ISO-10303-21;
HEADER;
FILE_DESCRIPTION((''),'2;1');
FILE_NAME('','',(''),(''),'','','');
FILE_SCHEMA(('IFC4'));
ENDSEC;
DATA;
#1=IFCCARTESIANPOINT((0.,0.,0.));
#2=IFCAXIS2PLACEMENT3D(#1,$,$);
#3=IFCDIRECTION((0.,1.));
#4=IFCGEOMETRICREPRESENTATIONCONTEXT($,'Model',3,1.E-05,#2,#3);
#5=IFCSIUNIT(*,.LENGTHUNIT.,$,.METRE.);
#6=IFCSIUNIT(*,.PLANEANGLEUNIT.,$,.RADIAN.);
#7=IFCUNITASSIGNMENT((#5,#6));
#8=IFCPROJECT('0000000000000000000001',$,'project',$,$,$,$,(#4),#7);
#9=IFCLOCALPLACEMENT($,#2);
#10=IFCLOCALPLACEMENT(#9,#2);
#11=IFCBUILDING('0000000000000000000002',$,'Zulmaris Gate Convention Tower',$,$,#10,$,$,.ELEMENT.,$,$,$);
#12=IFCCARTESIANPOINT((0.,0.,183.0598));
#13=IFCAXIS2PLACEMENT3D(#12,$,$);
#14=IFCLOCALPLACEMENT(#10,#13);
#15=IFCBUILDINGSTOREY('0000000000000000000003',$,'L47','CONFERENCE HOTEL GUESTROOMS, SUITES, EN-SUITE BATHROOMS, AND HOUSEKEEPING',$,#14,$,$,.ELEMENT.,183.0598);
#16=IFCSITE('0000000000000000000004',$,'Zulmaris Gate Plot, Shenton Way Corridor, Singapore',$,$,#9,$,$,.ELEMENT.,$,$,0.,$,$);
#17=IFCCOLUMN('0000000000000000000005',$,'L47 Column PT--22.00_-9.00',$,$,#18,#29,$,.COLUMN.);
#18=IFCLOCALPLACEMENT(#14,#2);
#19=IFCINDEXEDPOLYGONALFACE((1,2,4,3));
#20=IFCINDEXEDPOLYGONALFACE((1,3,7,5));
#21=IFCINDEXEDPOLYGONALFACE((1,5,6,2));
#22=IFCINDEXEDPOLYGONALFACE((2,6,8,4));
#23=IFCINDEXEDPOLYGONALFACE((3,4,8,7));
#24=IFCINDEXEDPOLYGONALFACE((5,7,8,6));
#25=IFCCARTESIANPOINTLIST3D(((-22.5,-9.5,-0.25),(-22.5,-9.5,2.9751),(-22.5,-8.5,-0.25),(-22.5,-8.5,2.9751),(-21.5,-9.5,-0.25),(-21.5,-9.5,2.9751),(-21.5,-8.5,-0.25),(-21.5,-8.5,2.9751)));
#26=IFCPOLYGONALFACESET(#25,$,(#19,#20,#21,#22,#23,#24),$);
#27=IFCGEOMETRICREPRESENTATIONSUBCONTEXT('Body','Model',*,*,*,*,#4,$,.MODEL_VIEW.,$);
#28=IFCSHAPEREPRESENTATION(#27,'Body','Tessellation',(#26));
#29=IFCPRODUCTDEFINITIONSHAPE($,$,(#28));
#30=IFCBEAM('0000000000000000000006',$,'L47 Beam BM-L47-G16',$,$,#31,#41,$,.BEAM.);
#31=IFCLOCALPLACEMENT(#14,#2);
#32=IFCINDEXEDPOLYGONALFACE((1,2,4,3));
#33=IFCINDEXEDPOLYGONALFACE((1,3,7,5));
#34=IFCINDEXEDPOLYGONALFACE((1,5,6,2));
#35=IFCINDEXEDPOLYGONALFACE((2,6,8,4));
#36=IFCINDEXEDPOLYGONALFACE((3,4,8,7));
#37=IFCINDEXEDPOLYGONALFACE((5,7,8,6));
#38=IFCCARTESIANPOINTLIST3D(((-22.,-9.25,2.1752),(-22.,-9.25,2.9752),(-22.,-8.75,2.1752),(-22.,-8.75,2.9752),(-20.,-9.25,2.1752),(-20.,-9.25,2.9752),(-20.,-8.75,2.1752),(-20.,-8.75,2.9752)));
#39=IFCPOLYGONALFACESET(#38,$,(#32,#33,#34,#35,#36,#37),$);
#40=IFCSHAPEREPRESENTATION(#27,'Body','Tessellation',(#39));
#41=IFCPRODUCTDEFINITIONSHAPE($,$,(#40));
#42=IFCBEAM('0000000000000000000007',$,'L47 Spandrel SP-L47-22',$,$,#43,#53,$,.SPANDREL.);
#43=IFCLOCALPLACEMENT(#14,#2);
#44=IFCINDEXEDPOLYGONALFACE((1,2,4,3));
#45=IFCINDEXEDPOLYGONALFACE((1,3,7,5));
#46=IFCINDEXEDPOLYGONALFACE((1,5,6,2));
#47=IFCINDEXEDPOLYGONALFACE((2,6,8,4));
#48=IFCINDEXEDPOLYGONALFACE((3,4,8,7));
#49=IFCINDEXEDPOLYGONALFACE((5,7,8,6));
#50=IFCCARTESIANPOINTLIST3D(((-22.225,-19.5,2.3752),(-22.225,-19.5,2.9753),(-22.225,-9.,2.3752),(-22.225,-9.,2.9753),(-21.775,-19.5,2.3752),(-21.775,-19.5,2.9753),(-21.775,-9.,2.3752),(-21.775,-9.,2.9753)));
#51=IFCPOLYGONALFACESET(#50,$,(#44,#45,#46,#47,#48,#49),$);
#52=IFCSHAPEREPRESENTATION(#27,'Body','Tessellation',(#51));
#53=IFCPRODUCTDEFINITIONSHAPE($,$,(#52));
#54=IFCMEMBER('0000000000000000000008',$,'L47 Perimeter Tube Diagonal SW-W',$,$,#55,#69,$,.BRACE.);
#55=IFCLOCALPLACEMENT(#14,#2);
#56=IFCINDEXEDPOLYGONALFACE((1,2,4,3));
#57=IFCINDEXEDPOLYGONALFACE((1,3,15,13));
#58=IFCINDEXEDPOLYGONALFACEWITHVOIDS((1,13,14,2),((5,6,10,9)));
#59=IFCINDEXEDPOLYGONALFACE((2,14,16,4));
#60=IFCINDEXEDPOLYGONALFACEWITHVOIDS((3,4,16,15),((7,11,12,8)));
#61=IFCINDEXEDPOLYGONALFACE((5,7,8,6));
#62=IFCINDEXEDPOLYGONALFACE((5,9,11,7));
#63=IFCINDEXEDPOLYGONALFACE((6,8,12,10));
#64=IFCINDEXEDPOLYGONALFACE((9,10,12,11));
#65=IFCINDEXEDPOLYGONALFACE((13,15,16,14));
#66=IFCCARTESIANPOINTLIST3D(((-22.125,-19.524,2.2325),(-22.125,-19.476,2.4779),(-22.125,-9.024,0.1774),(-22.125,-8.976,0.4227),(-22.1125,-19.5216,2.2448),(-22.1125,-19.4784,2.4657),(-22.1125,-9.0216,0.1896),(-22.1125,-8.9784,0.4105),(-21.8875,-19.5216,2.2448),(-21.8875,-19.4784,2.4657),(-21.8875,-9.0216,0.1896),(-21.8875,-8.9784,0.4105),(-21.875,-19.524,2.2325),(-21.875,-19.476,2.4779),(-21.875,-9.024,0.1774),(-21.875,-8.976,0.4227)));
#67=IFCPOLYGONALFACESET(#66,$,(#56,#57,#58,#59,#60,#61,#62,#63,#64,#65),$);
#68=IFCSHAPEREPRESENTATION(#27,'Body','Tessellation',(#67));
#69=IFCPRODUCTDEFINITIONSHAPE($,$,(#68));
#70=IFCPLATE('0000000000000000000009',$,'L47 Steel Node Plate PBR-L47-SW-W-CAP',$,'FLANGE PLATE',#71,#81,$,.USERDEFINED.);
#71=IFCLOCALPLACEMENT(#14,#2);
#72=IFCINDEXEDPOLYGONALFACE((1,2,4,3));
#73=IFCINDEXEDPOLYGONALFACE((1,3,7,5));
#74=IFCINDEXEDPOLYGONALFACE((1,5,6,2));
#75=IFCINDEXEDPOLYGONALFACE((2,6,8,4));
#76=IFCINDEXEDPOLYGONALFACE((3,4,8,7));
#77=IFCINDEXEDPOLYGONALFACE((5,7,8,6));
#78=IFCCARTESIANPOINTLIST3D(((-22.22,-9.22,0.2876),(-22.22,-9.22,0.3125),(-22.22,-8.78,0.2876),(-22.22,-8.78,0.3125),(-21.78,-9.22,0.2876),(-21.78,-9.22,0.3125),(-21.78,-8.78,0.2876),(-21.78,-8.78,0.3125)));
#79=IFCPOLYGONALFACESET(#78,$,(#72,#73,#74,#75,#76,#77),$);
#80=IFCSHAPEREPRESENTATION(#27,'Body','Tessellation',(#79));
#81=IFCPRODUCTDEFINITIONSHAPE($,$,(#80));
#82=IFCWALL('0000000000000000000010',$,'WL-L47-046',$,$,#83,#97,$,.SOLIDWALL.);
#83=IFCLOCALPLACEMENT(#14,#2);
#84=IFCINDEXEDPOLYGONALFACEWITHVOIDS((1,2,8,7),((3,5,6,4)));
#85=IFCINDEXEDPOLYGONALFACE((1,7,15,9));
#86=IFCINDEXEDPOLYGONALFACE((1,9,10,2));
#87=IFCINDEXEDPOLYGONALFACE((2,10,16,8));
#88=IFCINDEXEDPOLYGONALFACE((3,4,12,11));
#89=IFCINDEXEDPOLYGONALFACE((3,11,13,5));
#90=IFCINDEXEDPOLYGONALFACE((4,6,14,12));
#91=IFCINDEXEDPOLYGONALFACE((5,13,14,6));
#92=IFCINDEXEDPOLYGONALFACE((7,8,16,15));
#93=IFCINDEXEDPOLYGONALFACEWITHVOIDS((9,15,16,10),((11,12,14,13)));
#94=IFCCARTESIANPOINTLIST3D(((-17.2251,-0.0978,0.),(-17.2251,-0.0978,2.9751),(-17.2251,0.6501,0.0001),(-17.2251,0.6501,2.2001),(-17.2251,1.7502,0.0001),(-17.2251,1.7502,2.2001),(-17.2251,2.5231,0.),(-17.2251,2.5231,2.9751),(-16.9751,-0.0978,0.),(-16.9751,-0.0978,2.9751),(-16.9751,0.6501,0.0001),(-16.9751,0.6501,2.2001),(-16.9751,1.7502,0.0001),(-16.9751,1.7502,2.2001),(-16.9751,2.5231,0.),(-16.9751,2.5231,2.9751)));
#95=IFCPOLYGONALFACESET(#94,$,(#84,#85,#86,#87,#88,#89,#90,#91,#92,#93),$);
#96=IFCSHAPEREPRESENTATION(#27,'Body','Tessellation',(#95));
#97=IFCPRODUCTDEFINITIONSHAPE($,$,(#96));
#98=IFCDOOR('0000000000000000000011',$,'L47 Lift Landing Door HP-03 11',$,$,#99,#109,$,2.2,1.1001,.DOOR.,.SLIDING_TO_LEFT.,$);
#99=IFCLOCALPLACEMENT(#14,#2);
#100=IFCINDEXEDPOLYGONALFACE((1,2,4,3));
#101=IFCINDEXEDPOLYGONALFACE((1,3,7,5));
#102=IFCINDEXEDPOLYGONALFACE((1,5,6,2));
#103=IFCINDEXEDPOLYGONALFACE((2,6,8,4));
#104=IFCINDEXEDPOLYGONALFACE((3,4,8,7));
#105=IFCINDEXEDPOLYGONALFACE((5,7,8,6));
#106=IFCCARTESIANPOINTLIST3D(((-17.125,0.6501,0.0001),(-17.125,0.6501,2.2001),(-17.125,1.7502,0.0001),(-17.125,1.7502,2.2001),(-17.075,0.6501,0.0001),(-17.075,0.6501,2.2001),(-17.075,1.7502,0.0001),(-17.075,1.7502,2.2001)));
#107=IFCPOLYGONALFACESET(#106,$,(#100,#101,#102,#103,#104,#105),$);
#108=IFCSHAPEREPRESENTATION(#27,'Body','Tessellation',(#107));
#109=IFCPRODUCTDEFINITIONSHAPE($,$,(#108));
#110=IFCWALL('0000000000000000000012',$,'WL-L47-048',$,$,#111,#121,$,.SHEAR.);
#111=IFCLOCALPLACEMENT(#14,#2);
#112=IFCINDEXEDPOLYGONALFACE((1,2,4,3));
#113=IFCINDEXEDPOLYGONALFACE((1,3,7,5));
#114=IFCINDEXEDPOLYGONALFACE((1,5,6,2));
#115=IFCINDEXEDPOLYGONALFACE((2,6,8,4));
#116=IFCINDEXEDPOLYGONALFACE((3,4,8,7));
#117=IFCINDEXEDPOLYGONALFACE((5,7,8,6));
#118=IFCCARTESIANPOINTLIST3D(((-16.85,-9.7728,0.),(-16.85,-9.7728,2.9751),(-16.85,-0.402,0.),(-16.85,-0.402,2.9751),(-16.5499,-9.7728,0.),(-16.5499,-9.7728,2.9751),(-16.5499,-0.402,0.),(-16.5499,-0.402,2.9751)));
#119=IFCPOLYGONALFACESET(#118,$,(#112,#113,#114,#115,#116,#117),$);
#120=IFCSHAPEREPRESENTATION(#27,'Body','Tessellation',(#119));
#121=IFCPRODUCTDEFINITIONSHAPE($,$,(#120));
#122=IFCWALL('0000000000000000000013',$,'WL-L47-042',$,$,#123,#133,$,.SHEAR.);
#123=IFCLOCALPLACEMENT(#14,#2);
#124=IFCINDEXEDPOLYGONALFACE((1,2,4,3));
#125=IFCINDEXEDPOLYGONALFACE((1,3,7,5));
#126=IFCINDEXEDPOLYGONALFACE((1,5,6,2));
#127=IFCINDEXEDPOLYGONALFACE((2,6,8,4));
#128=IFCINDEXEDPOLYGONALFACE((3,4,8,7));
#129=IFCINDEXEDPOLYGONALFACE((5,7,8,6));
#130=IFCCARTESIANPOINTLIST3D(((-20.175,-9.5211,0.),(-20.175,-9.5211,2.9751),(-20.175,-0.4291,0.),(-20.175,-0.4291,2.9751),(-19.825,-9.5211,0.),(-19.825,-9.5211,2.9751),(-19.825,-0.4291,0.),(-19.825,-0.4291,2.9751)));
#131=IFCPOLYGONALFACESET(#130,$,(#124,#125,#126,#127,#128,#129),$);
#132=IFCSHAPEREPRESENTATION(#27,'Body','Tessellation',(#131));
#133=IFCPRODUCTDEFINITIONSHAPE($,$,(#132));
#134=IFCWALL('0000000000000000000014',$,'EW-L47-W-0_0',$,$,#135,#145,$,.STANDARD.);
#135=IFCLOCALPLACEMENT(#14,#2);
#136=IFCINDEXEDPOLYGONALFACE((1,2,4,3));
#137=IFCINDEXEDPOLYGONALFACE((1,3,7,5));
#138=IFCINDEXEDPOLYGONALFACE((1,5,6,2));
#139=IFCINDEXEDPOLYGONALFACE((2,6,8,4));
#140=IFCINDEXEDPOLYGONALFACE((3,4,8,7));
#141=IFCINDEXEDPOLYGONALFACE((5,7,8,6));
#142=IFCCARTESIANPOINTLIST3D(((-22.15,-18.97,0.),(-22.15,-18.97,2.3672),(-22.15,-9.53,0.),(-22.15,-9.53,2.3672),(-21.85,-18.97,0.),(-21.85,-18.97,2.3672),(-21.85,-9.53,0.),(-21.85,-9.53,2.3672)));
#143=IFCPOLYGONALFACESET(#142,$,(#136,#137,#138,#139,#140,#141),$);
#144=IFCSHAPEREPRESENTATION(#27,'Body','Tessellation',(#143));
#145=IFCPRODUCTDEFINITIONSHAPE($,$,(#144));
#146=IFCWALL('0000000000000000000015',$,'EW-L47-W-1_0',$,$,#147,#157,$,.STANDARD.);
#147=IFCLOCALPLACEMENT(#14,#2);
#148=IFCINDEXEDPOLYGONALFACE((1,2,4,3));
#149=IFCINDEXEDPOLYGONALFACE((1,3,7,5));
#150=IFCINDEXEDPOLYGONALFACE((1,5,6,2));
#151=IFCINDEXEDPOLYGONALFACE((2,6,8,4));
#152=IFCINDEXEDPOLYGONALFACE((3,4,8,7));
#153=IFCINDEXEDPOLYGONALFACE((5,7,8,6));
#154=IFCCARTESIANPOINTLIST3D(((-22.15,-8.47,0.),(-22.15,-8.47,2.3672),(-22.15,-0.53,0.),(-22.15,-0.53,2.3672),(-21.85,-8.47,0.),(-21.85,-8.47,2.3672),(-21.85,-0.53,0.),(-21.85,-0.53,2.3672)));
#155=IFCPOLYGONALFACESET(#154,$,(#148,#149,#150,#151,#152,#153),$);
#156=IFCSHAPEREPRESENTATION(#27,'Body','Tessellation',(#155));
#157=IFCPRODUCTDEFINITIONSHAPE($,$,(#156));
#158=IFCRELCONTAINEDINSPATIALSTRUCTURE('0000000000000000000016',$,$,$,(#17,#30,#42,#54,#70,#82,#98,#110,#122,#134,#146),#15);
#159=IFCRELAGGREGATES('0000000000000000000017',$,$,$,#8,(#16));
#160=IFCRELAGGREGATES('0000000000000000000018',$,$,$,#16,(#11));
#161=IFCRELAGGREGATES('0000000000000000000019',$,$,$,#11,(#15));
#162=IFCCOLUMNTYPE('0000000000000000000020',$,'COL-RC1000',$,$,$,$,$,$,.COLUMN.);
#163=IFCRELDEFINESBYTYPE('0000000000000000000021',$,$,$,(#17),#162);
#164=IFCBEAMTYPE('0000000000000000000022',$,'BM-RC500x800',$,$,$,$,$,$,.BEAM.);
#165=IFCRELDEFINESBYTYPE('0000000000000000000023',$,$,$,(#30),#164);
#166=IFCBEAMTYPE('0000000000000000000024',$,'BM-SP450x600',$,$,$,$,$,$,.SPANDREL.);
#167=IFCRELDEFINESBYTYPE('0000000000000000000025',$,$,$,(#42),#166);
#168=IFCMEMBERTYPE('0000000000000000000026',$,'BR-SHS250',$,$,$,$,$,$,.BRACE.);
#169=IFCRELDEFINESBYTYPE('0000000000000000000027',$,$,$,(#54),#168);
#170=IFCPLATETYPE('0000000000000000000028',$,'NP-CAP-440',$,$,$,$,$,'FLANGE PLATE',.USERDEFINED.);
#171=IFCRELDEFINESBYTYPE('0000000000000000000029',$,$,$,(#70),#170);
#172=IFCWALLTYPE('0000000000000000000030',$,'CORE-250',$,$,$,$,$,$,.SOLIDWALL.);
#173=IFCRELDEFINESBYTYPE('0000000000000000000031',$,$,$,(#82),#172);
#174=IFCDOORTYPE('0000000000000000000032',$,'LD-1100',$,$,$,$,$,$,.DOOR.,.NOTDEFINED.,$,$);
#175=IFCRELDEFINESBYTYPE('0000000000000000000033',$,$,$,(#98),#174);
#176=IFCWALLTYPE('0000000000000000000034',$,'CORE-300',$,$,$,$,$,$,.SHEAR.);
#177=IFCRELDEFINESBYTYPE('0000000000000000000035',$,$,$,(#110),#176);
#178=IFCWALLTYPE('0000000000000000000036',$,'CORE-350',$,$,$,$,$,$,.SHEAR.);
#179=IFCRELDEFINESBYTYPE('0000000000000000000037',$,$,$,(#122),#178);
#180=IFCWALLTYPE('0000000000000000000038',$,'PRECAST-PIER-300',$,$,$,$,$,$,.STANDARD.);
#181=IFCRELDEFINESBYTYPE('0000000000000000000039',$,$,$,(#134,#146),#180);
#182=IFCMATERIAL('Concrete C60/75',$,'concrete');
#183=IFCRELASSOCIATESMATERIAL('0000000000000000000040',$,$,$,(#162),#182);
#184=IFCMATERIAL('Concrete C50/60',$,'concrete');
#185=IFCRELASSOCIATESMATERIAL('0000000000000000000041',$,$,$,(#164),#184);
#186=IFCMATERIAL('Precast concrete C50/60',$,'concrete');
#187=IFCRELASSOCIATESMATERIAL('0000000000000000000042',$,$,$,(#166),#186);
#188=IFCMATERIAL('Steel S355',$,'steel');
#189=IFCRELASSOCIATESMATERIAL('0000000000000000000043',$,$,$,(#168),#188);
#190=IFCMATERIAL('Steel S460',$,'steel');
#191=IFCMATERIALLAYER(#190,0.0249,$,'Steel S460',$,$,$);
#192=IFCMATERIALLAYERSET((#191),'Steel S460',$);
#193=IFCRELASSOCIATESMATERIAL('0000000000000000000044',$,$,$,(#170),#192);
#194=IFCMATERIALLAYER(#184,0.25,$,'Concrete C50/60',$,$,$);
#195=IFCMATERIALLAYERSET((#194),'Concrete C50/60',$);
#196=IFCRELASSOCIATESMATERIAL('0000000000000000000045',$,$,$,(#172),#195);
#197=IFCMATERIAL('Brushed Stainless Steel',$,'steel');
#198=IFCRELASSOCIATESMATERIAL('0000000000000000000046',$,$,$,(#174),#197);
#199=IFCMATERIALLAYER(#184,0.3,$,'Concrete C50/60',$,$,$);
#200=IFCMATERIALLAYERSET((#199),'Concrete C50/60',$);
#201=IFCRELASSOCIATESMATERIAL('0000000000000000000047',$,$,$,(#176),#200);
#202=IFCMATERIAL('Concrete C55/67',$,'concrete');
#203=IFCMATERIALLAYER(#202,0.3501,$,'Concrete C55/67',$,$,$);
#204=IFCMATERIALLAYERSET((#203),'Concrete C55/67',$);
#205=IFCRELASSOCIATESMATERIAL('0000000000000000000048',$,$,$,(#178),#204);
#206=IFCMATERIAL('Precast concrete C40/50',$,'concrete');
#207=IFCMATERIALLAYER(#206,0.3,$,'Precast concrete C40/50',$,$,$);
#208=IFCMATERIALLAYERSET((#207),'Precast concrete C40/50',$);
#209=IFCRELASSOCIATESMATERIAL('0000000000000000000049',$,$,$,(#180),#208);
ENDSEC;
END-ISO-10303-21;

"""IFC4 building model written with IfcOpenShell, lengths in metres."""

from ifc_helpers import new_model, si_unit, direction, frame, frame_2d, origin, origin_2d, place, context, subcontext, project, spatial, rectangle, hollow_rectangle, extrude, material, layer, layer_set, material_profile, profile_set, type_object, element, fill, save


model = new_model("IFC4")

# Units and contexts
model_context = context("Model", 3, precision=1e-05, world=origin(), true_north=direction((0.0, 1.0)))
body_context = subcontext(model_context, "Body", "Model", "MODEL_VIEW")
ifc_project = project(units=[si_unit("LENGTHUNIT", "METRE"), si_unit("PLANEANGLEUNIT", "RADIAN")], contexts=[model_context])

# Site, building, storey
site_placement = place(None, origin())
site = spatial("IfcSite", under=ifc_project, at=site_placement, Name="Zulmaris Gate Plot, Shenton Way Corridor, Singapore", CompositionType="ELEMENT", RefElevation=0.0)
building_placement = place(site_placement, origin())
building = spatial("IfcBuilding", under=site, at=building_placement, Name="Zulmaris Gate Convention Tower", CompositionType="ELEMENT")
storey_placement = place(building_placement, frame((0.0, 0.0, 183.0598)))
storey = spatial("IfcBuildingStorey", under=building, at=storey_placement, Name="L47", Description="CONFERENCE HOTEL GUESTROOMS, SUITES, EN-SUITE BATHROOMS, AND HOUSEKEEPING", CompositionType="ELEMENT", Elevation=183.0598)

# Column
ifc_material_1 = material(Name="Concrete C60/75", Category="concrete")
ifc_material_profile_1 = material_profile(ifc_material_1, rectangle(XDim=1.0, YDim=1.0, at=origin_2d()), Name="RC COL 1000x1000")
ifc_profile_set_1 = profile_set([ifc_material_profile_1], Name="Concrete C60/75")
column_type = type_object("IfcColumnType", Name="COL-RC1000", PredefinedType="COLUMN", material=ifc_profile_set_1)
column_placement = place(storey_placement, frame((-22.0, -9.0, -0.25), z_axis=(0.0, 0.0, 1.0), x_axis=(1.0, 0.0, 0.0)))
element("IfcColumn", 1, at=column_placement, inside=storey, type_object=column_type, Name="L47 Column PT--22.00_-9.00", PredefinedType="COLUMN", context=body_context, shape_type="SweptSolid", body=[
    extrude(rectangle(XDim=1.0, YDim=1.0, at=origin_2d()), origin(), (0.0, 0.0, 1.0), 3.2251),
])

# Beams
ifc_material_2 = material(Name="Concrete C50/60", Category="concrete")
ifc_material_profile_2 = material_profile(ifc_material_2, rectangle(XDim=0.5, YDim=0.8, at=origin_2d()), Name="RC BEAM 500x800")
ifc_profile_set_2 = profile_set([ifc_material_profile_2], Name="Concrete C50/60")
beam_type_1 = type_object("IfcBeamType", Name="BM-RC500x800", PredefinedType="BEAM", material=ifc_profile_set_2)
beam_1_placement = place(storey_placement, frame((-22.0, -9.0, 2.5752), z_axis=(1.0, 0.0, 0.0), x_axis=(0.0, 1.0, 0.0)))
element("IfcBeam", 2, at=beam_1_placement, inside=storey, type_object=beam_type_1, Name="L47 Beam BM-L47-G16", PredefinedType="BEAM", context=body_context, shape_type="SweptSolid", body=[
    extrude(rectangle(XDim=0.5, YDim=0.8, at=origin_2d()), origin(), (0.0, 0.0, 1.0), 2.0),
])
ifc_material_3 = material(Name="Precast concrete C50/60", Category="concrete")
ifc_material_profile_3 = material_profile(ifc_material_3, rectangle(XDim=0.45, YDim=0.6001, at=origin_2d()), Name="RC SPANDREL 450x600")
ifc_profile_set_3 = profile_set([ifc_material_profile_3], Name="Precast concrete C50/60")
beam_type_2 = type_object("IfcBeamType", Name="BM-SP450x600", PredefinedType="SPANDREL", material=ifc_profile_set_3)
beam_2_placement = place(storey_placement, frame((-22.0, -9.0, 2.6753), z_axis=(0.0, -1.0, 0.0), x_axis=(1.0, 0.0, 0.0)))
element("IfcBeam", 3, at=beam_2_placement, inside=storey, type_object=beam_type_2, Name="L47 Spandrel SP-L47-22", PredefinedType="SPANDREL", context=body_context, shape_type="SweptSolid", body=[
    extrude(rectangle(XDim=0.45, YDim=0.6001, at=origin_2d()), origin(), (0.0, 0.0, 1.0), 10.5),
])

# Member
ifc_material_4 = material(Name="Steel S355", Category="steel")
ifc_material_profile_4 = material_profile(ifc_material_4, hollow_rectangle(XDim=0.25, YDim=0.25, WallThickness=0.0125, at=origin_2d()), Name="SHS 250x250x12.5")
ifc_profile_set_4 = profile_set([ifc_material_profile_4], Name="Steel S355")
member_type = type_object("IfcMemberType", Name="BR-SHS250", PredefinedType="BRACE", material=ifc_profile_set_4)
member_placement = place(storey_placement, frame((-22.0, -9.0, 0.3), z_axis=(0.0, -0.981378, 0.192086), x_axis=(1.0, 0.0, 0.0)))
element("IfcMember", 4, at=member_placement, inside=storey, type_object=member_type, Name="L47 Perimeter Tube Diagonal SW-W", PredefinedType="BRACE", context=body_context, shape_type="SweptSolid", body=[
    extrude(hollow_rectangle(XDim=0.25, YDim=0.25, WallThickness=0.0125, at=origin_2d()), origin(), (0.0, 0.0, 1.0), 10.6992),
])

# Plate
ifc_material_5 = material(Name="Steel S460", Category="steel")
ifc_layer_1 = layer(ifc_material_5, 0.0249, Name="Steel S460")
ifc_layer_set_1 = layer_set([ifc_layer_1], Name="Steel S460")
plate_type = type_object("IfcPlateType", Name="NP-CAP-440", ElementType="FLANGE PLATE", PredefinedType="USERDEFINED", material=ifc_layer_set_1)
plate_placement = place(storey_placement, frame((-22.0, -9.0, 0.2876), z_axis=(0.0, 0.0, 1.0), x_axis=(1.0, 0.0, 0.0)))
element("IfcPlate", 5, at=plate_placement, inside=storey, type_object=plate_type, Name="L47 Steel Node Plate PBR-L47-SW-W-CAP", ObjectType="FLANGE PLATE", PredefinedType="USERDEFINED", context=body_context, shape_type="SweptSolid", body=[
    extrude(rectangle(XDim=0.4399, YDim=0.4399, at=origin_2d()), origin(), (0.0, 0.0, 1.0), 0.0249),
])

# Wall, opening, door
ifc_layer_2 = layer(ifc_material_2, 0.25, Name="Concrete C50/60")
ifc_layer_set_2 = layer_set([ifc_layer_2], Name="Concrete C50/60")
wall_type_1 = type_object("IfcWallType", Name="CORE-250", PredefinedType="SOLIDWALL", material=ifc_layer_set_2)
wall_1_placement = place(storey_placement, frame((-17.1001, -0.0979, 0.0), z_axis=(0.0, 0.0, 1.0), x_axis=(0.0, 1.0, 0.0)))
wall_1 = element("IfcWall", 6, at=wall_1_placement, inside=storey, type_object=wall_type_1, Name="WL-L47-046", PredefinedType="SOLIDWALL", context=body_context, shape_type="SweptSolid", body=[
    extrude(rectangle(XDim=2.6208, YDim=0.25, at=frame_2d((1.3105, 0.0))), origin(), (0.0, 0.0, 1.0), 2.9751),
])
opening_1_placement = place(wall_1_placement, frame((0.748, 0.0, 0.0)))
opening_1 = element("IfcOpeningElement", 7, at=opening_1_placement, cuts=wall_1, PredefinedType="OPENING", context=body_context, shape_type="SweptSolid", body=[
    extrude(rectangle(XDim=1.1001, YDim=2.2, at=frame_2d((0.55, 1.1001))), frame((0.0, 0.135, 0.0), z_axis=(0.0, -1.0, 0.0), x_axis=(1.0, 0.0, 0.0)), (0.0, 0.0, 1.0), 0.27),
])
ifc_material_6 = material(Name="Brushed Stainless Steel", Category="steel")
door_type_1 = type_object("IfcDoorType", Name="LD-1100", OperationType="NOTDEFINED", PredefinedType="DOOR", material=ifc_material_6)
door_1_placement = place(opening_1_placement, origin())
door_1 = element("IfcDoor", 8, at=door_1_placement, inside=storey, type_object=door_type_1, Name="L47 Lift Landing Door HP-03 11", OperationType="SLIDING_TO_LEFT", OverallHeight=2.2, OverallWidth=1.1001, PredefinedType="DOOR", context=body_context, shape_type="SweptSolid", body=[
    extrude(rectangle(XDim=1.1001, YDim=2.2, at=frame_2d((0.55, 1.1001))), frame((0.0, 0.0249, 0.0), z_axis=(0.0, -1.0, 0.0), x_axis=(1.0, 0.0, 0.0)), (0.0, 0.0, 1.0), 0.05),
])
fill(opening_1, door_1)
ifc_layer_3 = layer(ifc_material_2, 0.3, Name="Concrete C50/60")
ifc_layer_set_3 = layer_set([ifc_layer_3], Name="Concrete C50/60")
wall_type_2 = type_object("IfcWallType", Name="CORE-300", PredefinedType="SHEAR", material=ifc_layer_set_3)

# Walls
wall_2_placement = place(storey_placement, frame((-16.7, -9.7729, 0.0), z_axis=(0.0, 0.0, 1.0), x_axis=(0.0, 1.0, 0.0)))
element("IfcWall", 9, at=wall_2_placement, inside=storey, type_object=wall_type_2, Name="WL-L47-048", PredefinedType="SHEAR", context=body_context, shape_type="SweptSolid", body=[
    extrude(rectangle(XDim=9.3708, YDim=0.3, at=frame_2d((4.6855, 0.0))), origin(), (0.0, 0.0, 1.0), 2.9751),
])
ifc_material_7 = material(Name="Concrete C55/67", Category="concrete")
ifc_layer_4 = layer(ifc_material_7, 0.3501, Name="Concrete C55/67")
ifc_layer_set_4 = layer_set([ifc_layer_4], Name="Concrete C55/67")
wall_type_3 = type_object("IfcWallType", Name="CORE-350", PredefinedType="SHEAR", material=ifc_layer_set_4)
wall_3_placement = place(storey_placement, frame((-20.0, -9.521, 0.0), z_axis=(0.0, 0.0, 1.0), x_axis=(0.0, 1.0, 0.0)))
element("IfcWall", 10, at=wall_3_placement, inside=storey, type_object=wall_type_3, Name="WL-L47-042", PredefinedType="SHEAR", context=body_context, shape_type="SweptSolid", body=[
    extrude(rectangle(XDim=9.092, YDim=0.3501, at=frame_2d((4.5459, 0.0))), origin(), (0.0, 0.0, 1.0), 2.9751),
])
ifc_material_8 = material(Name="Precast concrete C40/50", Category="concrete")
ifc_layer_5 = layer(ifc_material_8, 0.3, Name="Precast concrete C40/50")
ifc_layer_set_5 = layer_set([ifc_layer_5], Name="Precast concrete C40/50")
wall_type_4 = type_object("IfcWallType", Name="PRECAST-PIER-300", PredefinedType="STANDARD", material=ifc_layer_set_5)
wall_4_placement = place(storey_placement, frame((-22.0, -9.53, 0.0), z_axis=(0.0, 0.0, 1.0), x_axis=(0.0, -1.0, 0.0)))
element("IfcWall", 11, at=wall_4_placement, inside=storey, type_object=wall_type_4, Name="EW-L47-W-0_0", PredefinedType="STANDARD", context=body_context, shape_type="SweptSolid", body=[
    extrude(rectangle(XDim=9.4399, YDim=0.3, at=frame_2d((4.72, 0.0))), origin(), (0.0, 0.0, 1.0), 2.3672),
])
wall_5_placement = place(storey_placement, frame((-22.0, -0.53, 0.0), z_axis=(0.0, 0.0, 1.0), x_axis=(0.0, -1.0, 0.0)))
element("IfcWall", 12, at=wall_5_placement, inside=storey, type_object=wall_type_4, Name="EW-L47-W-1_0", PredefinedType="STANDARD", context=body_context, shape_type="SweptSolid", body=[
    extrude(rectangle(XDim=7.9399, YDim=0.3, at=frame_2d((3.97, 0.0))), origin(), (0.0, 0.0, 1.0), 2.3672),
])

save(model, "model.ifc")
